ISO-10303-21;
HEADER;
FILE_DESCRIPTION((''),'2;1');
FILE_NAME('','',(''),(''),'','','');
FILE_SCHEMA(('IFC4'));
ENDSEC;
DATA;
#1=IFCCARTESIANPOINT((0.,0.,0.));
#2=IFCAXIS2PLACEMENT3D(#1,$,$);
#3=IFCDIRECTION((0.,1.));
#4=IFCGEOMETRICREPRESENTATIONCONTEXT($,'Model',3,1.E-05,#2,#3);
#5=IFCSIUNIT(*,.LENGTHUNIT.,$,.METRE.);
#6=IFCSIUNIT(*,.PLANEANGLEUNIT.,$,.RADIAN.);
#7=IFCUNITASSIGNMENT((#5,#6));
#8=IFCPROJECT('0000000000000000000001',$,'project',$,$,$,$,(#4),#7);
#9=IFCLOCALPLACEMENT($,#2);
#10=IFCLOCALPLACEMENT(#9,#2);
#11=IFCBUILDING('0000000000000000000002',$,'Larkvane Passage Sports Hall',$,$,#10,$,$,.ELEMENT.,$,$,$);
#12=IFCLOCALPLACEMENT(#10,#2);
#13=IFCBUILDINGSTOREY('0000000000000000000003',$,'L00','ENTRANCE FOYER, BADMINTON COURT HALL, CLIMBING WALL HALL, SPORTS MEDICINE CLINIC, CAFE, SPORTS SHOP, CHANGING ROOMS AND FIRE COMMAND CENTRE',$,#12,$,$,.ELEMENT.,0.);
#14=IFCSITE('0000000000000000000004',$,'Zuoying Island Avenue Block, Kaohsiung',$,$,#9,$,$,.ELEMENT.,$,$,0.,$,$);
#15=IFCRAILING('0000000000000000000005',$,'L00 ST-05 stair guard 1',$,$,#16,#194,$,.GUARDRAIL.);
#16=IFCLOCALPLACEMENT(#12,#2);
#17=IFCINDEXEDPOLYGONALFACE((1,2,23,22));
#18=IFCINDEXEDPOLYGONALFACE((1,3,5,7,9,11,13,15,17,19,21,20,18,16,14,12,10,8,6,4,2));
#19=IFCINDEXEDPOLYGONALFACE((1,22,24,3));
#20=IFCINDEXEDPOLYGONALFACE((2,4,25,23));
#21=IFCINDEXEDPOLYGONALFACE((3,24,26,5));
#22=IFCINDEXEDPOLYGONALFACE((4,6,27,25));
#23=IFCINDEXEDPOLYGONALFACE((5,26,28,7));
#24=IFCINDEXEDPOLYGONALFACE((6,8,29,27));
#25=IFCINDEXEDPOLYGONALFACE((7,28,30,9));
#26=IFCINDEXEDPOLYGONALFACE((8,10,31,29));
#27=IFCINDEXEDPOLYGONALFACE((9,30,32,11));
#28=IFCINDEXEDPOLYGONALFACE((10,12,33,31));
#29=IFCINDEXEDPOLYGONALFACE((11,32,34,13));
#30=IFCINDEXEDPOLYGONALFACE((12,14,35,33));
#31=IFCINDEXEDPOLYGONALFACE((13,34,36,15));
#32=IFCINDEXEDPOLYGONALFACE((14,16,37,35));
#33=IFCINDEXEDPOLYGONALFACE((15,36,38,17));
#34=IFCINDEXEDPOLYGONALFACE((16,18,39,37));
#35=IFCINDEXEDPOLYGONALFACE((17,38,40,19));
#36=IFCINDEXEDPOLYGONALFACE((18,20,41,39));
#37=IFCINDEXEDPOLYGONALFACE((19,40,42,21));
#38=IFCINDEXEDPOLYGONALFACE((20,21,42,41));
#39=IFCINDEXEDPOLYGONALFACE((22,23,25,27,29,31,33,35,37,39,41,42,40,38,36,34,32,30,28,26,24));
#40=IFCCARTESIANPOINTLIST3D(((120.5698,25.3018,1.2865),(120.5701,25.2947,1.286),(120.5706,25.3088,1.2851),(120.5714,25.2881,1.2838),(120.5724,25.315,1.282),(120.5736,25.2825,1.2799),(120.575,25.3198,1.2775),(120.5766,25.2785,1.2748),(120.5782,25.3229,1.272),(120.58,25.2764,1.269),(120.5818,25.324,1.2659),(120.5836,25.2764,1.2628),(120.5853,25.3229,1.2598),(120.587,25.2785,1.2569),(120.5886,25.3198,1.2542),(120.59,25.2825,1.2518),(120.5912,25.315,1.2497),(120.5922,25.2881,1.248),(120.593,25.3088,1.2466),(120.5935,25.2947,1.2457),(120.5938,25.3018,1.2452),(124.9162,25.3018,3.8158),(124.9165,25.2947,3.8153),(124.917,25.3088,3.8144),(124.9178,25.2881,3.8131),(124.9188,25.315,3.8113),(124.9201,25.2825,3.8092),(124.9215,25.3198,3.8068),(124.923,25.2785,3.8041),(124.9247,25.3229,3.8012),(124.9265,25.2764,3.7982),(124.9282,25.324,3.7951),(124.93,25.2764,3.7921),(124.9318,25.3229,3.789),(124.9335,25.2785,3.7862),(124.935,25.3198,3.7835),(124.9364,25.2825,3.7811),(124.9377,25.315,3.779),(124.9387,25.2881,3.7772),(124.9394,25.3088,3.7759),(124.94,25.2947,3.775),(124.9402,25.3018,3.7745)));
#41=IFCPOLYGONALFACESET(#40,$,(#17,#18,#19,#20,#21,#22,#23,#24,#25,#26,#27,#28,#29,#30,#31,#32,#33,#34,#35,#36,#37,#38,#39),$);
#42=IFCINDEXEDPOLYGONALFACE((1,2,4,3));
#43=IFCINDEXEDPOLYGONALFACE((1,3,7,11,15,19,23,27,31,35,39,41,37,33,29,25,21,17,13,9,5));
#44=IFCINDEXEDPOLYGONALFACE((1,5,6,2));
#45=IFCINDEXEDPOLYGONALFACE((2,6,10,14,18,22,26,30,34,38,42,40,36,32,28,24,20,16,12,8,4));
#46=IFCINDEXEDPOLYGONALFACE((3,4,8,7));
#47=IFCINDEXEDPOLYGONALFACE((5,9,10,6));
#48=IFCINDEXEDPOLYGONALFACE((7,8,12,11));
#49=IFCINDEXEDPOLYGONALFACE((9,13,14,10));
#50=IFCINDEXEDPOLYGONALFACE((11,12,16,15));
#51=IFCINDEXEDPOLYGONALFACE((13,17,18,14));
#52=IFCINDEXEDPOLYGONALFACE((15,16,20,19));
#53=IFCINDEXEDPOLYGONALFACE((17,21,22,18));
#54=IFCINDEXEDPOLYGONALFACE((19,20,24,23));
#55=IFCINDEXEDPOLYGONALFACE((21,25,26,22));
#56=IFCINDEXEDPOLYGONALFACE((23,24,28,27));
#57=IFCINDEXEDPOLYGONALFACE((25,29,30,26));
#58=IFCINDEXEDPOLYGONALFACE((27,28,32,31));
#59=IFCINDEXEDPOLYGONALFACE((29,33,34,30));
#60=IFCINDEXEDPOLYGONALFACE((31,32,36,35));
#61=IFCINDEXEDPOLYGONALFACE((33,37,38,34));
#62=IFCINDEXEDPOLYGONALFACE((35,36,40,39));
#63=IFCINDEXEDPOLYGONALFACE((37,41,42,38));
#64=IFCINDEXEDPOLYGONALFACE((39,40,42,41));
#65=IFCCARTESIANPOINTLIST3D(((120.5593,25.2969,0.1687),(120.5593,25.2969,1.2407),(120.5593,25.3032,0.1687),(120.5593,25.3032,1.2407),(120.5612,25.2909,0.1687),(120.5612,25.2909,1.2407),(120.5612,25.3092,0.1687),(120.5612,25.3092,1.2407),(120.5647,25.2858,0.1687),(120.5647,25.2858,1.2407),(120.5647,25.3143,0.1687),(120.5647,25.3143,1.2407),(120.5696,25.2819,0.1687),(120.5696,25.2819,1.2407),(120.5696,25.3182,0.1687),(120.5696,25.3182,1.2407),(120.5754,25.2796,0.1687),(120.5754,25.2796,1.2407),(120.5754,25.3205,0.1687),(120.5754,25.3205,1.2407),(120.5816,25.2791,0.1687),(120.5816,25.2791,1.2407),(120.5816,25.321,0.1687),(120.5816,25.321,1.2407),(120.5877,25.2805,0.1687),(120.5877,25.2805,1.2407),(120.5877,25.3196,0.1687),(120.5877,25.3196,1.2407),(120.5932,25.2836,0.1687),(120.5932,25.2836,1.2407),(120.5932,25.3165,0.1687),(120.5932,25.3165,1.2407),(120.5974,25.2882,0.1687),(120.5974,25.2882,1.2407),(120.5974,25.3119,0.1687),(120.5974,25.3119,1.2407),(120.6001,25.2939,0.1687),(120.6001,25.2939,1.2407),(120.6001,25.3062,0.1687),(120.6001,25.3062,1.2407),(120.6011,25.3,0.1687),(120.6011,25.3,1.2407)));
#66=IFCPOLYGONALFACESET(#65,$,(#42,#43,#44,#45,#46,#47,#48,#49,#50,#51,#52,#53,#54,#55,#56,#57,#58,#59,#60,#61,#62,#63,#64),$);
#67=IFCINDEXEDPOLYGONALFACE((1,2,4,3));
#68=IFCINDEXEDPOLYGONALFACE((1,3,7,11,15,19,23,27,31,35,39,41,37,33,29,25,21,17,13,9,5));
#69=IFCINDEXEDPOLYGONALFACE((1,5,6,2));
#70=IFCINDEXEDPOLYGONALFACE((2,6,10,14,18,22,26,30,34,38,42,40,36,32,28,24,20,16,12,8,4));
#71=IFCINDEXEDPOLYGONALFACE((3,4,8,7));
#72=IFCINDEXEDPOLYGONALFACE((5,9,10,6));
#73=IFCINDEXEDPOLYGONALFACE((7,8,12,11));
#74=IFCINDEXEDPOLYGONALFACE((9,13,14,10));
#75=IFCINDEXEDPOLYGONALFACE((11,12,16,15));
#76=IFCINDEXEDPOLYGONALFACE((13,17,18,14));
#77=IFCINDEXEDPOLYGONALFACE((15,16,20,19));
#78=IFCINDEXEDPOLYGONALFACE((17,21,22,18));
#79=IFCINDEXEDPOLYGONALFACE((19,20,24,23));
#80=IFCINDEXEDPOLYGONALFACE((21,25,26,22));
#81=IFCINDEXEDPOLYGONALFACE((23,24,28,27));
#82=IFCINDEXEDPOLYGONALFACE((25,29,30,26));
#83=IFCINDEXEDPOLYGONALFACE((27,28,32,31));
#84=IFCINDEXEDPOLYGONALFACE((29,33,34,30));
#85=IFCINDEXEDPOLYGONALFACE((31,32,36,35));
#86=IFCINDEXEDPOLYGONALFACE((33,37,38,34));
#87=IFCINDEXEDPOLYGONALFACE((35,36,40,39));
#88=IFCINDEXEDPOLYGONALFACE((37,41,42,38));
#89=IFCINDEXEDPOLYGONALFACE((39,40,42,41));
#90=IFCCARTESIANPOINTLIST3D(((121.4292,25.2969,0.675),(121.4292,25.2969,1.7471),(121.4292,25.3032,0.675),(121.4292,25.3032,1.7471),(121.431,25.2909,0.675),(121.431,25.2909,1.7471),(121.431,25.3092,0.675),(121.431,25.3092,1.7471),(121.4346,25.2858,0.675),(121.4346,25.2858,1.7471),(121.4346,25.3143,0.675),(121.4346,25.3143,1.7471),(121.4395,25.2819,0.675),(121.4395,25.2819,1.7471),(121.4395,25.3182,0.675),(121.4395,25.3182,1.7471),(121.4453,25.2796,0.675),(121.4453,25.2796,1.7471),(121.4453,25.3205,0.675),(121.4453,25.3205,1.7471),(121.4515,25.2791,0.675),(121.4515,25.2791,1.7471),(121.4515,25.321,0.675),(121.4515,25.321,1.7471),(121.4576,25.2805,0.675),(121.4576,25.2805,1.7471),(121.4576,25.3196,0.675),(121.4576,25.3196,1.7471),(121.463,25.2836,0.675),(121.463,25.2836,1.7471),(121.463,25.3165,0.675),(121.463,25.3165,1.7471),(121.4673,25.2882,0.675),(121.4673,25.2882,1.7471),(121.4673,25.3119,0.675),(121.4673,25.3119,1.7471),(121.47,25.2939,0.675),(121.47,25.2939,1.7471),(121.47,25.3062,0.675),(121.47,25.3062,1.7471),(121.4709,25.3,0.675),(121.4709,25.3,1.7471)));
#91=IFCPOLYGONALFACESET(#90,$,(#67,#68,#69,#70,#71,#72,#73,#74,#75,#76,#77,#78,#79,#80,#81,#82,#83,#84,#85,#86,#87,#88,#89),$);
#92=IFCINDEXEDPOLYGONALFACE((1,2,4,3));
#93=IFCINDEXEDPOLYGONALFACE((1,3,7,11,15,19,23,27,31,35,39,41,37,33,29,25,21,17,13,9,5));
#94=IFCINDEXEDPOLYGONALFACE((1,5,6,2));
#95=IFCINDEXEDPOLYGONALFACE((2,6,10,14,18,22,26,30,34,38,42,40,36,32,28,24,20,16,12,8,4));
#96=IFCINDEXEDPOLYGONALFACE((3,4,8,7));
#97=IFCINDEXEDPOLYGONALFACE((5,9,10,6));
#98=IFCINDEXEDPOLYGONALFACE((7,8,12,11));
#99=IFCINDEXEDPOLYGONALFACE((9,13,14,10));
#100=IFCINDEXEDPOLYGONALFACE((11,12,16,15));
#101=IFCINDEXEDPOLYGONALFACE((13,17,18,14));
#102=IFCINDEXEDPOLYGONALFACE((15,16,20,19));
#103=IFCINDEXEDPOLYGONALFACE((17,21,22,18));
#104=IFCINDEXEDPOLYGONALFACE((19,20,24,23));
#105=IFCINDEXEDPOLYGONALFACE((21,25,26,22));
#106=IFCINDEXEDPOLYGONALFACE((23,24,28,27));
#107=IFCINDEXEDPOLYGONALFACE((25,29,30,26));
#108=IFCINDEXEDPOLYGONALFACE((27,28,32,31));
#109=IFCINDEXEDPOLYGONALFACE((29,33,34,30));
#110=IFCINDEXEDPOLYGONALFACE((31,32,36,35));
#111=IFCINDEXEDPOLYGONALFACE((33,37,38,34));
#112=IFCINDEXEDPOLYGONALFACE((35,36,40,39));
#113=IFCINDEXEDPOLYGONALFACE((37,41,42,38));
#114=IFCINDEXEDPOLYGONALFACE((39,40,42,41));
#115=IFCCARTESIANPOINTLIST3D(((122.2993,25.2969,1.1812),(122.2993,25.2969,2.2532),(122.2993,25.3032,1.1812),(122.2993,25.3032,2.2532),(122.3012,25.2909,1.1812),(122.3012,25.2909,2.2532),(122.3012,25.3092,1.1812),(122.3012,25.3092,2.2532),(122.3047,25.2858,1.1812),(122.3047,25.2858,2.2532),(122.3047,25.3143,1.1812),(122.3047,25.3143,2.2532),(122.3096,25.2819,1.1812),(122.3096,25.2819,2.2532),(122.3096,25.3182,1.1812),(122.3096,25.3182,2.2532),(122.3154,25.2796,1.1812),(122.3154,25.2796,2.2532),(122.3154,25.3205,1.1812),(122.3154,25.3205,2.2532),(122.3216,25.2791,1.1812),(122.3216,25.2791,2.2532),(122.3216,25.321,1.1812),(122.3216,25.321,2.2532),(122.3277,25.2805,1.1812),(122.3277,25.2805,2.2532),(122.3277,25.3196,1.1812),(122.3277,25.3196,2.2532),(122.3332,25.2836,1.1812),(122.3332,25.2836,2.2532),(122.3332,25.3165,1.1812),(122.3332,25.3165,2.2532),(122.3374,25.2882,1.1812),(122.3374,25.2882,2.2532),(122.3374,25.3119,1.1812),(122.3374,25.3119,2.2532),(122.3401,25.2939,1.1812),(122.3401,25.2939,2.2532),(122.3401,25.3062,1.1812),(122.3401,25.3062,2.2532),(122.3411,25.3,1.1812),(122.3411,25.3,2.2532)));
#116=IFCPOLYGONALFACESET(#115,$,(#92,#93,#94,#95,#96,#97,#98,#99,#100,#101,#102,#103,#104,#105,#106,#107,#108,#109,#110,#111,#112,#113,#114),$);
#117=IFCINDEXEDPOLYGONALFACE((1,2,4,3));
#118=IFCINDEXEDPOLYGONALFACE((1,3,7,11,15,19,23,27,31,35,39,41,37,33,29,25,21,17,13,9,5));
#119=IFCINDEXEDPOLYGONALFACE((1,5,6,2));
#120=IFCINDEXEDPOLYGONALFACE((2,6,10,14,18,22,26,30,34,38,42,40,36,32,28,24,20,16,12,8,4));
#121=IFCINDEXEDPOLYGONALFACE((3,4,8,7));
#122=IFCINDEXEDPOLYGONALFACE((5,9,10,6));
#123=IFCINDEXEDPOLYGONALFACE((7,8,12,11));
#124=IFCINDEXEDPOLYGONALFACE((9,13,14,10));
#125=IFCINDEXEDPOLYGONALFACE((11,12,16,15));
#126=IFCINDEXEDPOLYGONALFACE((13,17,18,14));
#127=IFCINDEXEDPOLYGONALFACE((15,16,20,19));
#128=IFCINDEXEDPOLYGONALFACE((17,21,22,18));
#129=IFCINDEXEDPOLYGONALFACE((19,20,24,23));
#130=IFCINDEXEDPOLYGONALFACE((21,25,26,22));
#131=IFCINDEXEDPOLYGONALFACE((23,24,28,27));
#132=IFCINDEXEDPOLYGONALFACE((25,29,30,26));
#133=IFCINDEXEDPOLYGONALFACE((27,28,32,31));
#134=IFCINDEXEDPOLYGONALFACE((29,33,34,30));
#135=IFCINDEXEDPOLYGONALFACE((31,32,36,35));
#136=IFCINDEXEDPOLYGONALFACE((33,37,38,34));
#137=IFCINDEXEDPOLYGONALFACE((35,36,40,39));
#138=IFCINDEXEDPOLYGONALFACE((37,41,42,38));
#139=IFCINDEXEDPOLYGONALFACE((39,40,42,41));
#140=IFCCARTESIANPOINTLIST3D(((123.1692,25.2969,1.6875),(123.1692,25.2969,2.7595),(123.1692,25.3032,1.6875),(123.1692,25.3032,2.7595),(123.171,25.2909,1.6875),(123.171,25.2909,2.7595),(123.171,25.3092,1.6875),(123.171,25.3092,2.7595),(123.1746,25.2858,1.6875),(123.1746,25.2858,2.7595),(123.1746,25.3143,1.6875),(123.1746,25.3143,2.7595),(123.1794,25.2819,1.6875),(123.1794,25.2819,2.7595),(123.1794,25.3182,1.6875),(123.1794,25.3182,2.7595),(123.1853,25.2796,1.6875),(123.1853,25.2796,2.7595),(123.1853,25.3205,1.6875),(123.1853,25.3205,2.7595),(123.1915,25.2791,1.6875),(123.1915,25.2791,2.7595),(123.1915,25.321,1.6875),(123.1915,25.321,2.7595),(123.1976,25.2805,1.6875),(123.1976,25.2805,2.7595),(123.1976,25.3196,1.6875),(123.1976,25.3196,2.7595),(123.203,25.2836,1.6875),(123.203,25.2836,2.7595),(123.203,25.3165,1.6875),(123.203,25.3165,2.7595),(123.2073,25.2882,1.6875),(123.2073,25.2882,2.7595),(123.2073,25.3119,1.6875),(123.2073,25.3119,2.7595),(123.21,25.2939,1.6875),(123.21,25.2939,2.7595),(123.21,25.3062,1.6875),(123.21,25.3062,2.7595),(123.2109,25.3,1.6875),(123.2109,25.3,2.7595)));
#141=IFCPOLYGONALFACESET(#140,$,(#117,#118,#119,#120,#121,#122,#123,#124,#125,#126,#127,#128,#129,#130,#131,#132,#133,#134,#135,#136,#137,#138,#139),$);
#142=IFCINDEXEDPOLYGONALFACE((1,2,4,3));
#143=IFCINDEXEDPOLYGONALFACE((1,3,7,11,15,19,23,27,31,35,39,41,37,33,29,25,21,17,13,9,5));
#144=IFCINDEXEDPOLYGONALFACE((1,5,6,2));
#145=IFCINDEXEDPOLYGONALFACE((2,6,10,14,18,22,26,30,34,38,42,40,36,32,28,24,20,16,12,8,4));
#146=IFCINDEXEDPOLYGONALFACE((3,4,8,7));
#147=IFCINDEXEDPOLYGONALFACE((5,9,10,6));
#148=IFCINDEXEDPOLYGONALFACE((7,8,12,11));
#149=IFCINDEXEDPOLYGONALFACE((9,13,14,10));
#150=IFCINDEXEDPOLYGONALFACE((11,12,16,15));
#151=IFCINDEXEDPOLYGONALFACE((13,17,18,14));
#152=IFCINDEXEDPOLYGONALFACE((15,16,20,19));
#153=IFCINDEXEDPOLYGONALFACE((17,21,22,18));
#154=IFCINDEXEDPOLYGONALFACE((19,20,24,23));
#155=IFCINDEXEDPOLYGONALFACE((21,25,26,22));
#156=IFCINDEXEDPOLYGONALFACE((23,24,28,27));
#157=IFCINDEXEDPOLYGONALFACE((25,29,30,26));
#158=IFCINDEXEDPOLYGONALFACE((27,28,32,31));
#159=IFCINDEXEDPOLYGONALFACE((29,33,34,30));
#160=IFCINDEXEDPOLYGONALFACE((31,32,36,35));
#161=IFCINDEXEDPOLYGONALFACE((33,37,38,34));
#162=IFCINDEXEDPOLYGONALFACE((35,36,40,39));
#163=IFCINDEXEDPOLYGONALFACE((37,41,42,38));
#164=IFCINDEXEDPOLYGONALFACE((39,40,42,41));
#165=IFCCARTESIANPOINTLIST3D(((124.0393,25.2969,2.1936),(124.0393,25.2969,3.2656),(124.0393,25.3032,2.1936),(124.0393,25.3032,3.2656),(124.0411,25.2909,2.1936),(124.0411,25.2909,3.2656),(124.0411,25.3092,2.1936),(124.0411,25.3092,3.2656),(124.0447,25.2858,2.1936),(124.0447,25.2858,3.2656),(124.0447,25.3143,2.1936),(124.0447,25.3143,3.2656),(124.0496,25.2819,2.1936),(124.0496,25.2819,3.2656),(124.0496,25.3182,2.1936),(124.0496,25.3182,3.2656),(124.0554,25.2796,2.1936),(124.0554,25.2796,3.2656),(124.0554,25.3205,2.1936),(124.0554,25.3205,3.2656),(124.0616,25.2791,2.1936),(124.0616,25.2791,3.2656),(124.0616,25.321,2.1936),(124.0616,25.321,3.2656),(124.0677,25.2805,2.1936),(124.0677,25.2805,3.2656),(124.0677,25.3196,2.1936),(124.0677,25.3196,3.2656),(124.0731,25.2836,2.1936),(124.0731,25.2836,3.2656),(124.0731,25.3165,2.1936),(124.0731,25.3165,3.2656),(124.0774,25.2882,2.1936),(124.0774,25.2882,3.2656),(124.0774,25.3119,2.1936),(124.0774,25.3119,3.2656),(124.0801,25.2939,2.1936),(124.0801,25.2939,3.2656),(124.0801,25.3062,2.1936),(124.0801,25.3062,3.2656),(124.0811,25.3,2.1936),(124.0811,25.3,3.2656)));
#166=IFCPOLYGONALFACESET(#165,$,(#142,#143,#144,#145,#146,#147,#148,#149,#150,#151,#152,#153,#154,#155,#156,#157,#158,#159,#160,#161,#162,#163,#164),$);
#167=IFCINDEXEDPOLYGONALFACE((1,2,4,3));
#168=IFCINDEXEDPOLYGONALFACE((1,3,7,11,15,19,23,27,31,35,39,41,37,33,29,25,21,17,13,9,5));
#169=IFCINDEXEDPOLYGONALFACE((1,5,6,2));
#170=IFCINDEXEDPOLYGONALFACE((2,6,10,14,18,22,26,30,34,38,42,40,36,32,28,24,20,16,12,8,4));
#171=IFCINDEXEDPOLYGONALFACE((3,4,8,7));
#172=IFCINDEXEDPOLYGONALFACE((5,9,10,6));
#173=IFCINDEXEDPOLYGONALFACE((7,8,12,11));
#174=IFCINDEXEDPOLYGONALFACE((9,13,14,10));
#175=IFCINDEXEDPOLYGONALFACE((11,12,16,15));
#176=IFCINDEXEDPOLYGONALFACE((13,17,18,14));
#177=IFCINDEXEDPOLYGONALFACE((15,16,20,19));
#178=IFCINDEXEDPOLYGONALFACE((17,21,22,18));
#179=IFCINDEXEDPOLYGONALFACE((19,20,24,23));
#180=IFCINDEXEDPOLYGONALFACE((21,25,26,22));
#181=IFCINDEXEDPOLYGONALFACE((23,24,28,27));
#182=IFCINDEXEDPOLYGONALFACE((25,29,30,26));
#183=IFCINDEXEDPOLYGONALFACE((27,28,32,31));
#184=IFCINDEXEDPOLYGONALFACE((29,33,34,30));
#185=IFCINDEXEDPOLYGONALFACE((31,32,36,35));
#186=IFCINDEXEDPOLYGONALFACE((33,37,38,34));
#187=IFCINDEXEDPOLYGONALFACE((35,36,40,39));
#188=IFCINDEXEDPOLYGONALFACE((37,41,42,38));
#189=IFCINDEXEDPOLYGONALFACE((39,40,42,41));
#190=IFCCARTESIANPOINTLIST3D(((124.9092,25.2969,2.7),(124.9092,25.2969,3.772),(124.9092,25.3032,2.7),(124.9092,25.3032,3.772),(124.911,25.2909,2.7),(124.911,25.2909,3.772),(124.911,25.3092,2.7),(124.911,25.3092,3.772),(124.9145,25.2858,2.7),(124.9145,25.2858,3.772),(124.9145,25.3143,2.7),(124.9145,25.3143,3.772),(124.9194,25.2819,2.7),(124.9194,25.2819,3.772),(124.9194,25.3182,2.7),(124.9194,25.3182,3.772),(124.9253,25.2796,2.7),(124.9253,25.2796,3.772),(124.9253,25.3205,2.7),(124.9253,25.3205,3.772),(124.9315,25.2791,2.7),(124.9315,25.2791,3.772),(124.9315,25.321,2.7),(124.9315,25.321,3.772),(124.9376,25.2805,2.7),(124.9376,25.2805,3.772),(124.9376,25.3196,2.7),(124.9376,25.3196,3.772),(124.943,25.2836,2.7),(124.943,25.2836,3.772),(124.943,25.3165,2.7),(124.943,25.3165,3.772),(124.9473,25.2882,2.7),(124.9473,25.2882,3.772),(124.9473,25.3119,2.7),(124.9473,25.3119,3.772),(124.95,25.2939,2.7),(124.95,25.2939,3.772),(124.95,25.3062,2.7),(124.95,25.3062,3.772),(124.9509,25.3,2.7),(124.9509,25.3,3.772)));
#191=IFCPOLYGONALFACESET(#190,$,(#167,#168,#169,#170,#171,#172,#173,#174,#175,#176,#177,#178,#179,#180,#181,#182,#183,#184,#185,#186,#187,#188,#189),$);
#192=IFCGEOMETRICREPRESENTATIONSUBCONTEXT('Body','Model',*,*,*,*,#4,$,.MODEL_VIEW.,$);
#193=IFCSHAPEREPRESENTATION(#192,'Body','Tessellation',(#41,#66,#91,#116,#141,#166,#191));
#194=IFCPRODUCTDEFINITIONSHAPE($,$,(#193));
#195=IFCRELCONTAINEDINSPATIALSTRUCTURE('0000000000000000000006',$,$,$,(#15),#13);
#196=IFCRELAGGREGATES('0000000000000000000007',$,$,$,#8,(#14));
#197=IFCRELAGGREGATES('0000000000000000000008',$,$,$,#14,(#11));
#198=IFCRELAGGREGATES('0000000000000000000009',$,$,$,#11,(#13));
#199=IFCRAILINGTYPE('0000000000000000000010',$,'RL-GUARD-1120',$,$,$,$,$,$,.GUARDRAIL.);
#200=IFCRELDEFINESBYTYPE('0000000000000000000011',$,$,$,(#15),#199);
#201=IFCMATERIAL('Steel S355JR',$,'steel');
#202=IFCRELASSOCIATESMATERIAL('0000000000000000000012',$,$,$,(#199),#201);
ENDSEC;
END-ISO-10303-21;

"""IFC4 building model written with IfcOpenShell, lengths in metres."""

from ifc_helpers import new_model, si_unit, direction, frame, origin, origin_2d, place, context, subcontext, project, spatial, circle, extrude, material, type_object, element, save


model = new_model("IFC4")

# Units and contexts
model_context = context("Model", 3, precision=1e-05, world=origin(), true_north=direction((0.0, 1.0)))
body_context = subcontext(model_context, "Body", "Model", "MODEL_VIEW")
ifc_project = project(units=[si_unit("LENGTHUNIT", "METRE"), si_unit("PLANEANGLEUNIT", "RADIAN")], contexts=[model_context])

# Site, building, storey
site_placement = place(None, origin())
site = spatial("IfcSite", under=ifc_project, at=site_placement, Name="Zuoying Island Avenue Block, Kaohsiung", CompositionType="ELEMENT", RefElevation=0.0)
building_placement = place(site_placement, origin())
building = spatial("IfcBuilding", under=site, at=building_placement, Name="Larkvane Passage Sports Hall", CompositionType="ELEMENT")
storey_placement = place(building_placement, origin())
storey = spatial("IfcBuildingStorey", under=building, at=storey_placement, Name="L00", Description="ENTRANCE FOYER, BADMINTON COURT HALL, CLIMBING WALL HALL, SPORTS MEDICINE CLINIC, CAFE, SPORTS SHOP, CHANGING ROOMS AND FIRE COMMAND CENTRE", CompositionType="ELEMENT", Elevation=0.0)

# Railing
ifc_material_1 = material(Name="Steel S355JR", Category="steel")
railing_type_1 = type_object("IfcRailingType", Name="RL-GUARD-1120", PredefinedType="GUARDRAIL", material=ifc_material_1)
railing_1_placement = place(storey_placement, frame((120.5801, 25.3, 0.1687)))
element("IfcRailing", 1, at=railing_1_placement, inside=storey, type_object=railing_type_1, Name="L00 ST-05 stair guard 1", PredefinedType="GUARDRAIL", context=body_context, shape_type="SweptSolid", body=[
    extrude(circle(Radius=0.0239, at=origin_2d()), frame((0.0017, 0.0, 1.0972), z_axis=(0.864312, 0.0, 0.502957), x_axis=(0.0, 1.0, 0.0)), (0.0, 0.0, 1.0), 5.0288),
    extrude(circle(Radius=0.021, at=origin_2d()), origin(), (0.0, 0.0, 1.0), 1.072),
    extrude(circle(Radius=0.021, at=origin_2d()), frame((0.8699, 0.0, 0.5063)), (0.0, 0.0, 1.0), 1.072),
    extrude(circle(Radius=0.021, at=origin_2d()), frame((1.74, 0.0, 1.0125)), (0.0, 0.0, 1.0), 1.072),
    extrude(circle(Radius=0.021, at=origin_2d()), frame((2.6099, 0.0, 1.5188)), (0.0, 0.0, 1.0), 1.072),
    extrude(circle(Radius=0.021, at=origin_2d()), frame((3.48, 0.0, 2.0249)), (0.0, 0.0, 1.0), 1.072),
    extrude(circle(Radius=0.021, at=origin_2d()), frame((4.3499, 0.0, 2.5312)), (0.0, 0.0, 1.0), 1.072),
])

save(model, "model.ifc")
